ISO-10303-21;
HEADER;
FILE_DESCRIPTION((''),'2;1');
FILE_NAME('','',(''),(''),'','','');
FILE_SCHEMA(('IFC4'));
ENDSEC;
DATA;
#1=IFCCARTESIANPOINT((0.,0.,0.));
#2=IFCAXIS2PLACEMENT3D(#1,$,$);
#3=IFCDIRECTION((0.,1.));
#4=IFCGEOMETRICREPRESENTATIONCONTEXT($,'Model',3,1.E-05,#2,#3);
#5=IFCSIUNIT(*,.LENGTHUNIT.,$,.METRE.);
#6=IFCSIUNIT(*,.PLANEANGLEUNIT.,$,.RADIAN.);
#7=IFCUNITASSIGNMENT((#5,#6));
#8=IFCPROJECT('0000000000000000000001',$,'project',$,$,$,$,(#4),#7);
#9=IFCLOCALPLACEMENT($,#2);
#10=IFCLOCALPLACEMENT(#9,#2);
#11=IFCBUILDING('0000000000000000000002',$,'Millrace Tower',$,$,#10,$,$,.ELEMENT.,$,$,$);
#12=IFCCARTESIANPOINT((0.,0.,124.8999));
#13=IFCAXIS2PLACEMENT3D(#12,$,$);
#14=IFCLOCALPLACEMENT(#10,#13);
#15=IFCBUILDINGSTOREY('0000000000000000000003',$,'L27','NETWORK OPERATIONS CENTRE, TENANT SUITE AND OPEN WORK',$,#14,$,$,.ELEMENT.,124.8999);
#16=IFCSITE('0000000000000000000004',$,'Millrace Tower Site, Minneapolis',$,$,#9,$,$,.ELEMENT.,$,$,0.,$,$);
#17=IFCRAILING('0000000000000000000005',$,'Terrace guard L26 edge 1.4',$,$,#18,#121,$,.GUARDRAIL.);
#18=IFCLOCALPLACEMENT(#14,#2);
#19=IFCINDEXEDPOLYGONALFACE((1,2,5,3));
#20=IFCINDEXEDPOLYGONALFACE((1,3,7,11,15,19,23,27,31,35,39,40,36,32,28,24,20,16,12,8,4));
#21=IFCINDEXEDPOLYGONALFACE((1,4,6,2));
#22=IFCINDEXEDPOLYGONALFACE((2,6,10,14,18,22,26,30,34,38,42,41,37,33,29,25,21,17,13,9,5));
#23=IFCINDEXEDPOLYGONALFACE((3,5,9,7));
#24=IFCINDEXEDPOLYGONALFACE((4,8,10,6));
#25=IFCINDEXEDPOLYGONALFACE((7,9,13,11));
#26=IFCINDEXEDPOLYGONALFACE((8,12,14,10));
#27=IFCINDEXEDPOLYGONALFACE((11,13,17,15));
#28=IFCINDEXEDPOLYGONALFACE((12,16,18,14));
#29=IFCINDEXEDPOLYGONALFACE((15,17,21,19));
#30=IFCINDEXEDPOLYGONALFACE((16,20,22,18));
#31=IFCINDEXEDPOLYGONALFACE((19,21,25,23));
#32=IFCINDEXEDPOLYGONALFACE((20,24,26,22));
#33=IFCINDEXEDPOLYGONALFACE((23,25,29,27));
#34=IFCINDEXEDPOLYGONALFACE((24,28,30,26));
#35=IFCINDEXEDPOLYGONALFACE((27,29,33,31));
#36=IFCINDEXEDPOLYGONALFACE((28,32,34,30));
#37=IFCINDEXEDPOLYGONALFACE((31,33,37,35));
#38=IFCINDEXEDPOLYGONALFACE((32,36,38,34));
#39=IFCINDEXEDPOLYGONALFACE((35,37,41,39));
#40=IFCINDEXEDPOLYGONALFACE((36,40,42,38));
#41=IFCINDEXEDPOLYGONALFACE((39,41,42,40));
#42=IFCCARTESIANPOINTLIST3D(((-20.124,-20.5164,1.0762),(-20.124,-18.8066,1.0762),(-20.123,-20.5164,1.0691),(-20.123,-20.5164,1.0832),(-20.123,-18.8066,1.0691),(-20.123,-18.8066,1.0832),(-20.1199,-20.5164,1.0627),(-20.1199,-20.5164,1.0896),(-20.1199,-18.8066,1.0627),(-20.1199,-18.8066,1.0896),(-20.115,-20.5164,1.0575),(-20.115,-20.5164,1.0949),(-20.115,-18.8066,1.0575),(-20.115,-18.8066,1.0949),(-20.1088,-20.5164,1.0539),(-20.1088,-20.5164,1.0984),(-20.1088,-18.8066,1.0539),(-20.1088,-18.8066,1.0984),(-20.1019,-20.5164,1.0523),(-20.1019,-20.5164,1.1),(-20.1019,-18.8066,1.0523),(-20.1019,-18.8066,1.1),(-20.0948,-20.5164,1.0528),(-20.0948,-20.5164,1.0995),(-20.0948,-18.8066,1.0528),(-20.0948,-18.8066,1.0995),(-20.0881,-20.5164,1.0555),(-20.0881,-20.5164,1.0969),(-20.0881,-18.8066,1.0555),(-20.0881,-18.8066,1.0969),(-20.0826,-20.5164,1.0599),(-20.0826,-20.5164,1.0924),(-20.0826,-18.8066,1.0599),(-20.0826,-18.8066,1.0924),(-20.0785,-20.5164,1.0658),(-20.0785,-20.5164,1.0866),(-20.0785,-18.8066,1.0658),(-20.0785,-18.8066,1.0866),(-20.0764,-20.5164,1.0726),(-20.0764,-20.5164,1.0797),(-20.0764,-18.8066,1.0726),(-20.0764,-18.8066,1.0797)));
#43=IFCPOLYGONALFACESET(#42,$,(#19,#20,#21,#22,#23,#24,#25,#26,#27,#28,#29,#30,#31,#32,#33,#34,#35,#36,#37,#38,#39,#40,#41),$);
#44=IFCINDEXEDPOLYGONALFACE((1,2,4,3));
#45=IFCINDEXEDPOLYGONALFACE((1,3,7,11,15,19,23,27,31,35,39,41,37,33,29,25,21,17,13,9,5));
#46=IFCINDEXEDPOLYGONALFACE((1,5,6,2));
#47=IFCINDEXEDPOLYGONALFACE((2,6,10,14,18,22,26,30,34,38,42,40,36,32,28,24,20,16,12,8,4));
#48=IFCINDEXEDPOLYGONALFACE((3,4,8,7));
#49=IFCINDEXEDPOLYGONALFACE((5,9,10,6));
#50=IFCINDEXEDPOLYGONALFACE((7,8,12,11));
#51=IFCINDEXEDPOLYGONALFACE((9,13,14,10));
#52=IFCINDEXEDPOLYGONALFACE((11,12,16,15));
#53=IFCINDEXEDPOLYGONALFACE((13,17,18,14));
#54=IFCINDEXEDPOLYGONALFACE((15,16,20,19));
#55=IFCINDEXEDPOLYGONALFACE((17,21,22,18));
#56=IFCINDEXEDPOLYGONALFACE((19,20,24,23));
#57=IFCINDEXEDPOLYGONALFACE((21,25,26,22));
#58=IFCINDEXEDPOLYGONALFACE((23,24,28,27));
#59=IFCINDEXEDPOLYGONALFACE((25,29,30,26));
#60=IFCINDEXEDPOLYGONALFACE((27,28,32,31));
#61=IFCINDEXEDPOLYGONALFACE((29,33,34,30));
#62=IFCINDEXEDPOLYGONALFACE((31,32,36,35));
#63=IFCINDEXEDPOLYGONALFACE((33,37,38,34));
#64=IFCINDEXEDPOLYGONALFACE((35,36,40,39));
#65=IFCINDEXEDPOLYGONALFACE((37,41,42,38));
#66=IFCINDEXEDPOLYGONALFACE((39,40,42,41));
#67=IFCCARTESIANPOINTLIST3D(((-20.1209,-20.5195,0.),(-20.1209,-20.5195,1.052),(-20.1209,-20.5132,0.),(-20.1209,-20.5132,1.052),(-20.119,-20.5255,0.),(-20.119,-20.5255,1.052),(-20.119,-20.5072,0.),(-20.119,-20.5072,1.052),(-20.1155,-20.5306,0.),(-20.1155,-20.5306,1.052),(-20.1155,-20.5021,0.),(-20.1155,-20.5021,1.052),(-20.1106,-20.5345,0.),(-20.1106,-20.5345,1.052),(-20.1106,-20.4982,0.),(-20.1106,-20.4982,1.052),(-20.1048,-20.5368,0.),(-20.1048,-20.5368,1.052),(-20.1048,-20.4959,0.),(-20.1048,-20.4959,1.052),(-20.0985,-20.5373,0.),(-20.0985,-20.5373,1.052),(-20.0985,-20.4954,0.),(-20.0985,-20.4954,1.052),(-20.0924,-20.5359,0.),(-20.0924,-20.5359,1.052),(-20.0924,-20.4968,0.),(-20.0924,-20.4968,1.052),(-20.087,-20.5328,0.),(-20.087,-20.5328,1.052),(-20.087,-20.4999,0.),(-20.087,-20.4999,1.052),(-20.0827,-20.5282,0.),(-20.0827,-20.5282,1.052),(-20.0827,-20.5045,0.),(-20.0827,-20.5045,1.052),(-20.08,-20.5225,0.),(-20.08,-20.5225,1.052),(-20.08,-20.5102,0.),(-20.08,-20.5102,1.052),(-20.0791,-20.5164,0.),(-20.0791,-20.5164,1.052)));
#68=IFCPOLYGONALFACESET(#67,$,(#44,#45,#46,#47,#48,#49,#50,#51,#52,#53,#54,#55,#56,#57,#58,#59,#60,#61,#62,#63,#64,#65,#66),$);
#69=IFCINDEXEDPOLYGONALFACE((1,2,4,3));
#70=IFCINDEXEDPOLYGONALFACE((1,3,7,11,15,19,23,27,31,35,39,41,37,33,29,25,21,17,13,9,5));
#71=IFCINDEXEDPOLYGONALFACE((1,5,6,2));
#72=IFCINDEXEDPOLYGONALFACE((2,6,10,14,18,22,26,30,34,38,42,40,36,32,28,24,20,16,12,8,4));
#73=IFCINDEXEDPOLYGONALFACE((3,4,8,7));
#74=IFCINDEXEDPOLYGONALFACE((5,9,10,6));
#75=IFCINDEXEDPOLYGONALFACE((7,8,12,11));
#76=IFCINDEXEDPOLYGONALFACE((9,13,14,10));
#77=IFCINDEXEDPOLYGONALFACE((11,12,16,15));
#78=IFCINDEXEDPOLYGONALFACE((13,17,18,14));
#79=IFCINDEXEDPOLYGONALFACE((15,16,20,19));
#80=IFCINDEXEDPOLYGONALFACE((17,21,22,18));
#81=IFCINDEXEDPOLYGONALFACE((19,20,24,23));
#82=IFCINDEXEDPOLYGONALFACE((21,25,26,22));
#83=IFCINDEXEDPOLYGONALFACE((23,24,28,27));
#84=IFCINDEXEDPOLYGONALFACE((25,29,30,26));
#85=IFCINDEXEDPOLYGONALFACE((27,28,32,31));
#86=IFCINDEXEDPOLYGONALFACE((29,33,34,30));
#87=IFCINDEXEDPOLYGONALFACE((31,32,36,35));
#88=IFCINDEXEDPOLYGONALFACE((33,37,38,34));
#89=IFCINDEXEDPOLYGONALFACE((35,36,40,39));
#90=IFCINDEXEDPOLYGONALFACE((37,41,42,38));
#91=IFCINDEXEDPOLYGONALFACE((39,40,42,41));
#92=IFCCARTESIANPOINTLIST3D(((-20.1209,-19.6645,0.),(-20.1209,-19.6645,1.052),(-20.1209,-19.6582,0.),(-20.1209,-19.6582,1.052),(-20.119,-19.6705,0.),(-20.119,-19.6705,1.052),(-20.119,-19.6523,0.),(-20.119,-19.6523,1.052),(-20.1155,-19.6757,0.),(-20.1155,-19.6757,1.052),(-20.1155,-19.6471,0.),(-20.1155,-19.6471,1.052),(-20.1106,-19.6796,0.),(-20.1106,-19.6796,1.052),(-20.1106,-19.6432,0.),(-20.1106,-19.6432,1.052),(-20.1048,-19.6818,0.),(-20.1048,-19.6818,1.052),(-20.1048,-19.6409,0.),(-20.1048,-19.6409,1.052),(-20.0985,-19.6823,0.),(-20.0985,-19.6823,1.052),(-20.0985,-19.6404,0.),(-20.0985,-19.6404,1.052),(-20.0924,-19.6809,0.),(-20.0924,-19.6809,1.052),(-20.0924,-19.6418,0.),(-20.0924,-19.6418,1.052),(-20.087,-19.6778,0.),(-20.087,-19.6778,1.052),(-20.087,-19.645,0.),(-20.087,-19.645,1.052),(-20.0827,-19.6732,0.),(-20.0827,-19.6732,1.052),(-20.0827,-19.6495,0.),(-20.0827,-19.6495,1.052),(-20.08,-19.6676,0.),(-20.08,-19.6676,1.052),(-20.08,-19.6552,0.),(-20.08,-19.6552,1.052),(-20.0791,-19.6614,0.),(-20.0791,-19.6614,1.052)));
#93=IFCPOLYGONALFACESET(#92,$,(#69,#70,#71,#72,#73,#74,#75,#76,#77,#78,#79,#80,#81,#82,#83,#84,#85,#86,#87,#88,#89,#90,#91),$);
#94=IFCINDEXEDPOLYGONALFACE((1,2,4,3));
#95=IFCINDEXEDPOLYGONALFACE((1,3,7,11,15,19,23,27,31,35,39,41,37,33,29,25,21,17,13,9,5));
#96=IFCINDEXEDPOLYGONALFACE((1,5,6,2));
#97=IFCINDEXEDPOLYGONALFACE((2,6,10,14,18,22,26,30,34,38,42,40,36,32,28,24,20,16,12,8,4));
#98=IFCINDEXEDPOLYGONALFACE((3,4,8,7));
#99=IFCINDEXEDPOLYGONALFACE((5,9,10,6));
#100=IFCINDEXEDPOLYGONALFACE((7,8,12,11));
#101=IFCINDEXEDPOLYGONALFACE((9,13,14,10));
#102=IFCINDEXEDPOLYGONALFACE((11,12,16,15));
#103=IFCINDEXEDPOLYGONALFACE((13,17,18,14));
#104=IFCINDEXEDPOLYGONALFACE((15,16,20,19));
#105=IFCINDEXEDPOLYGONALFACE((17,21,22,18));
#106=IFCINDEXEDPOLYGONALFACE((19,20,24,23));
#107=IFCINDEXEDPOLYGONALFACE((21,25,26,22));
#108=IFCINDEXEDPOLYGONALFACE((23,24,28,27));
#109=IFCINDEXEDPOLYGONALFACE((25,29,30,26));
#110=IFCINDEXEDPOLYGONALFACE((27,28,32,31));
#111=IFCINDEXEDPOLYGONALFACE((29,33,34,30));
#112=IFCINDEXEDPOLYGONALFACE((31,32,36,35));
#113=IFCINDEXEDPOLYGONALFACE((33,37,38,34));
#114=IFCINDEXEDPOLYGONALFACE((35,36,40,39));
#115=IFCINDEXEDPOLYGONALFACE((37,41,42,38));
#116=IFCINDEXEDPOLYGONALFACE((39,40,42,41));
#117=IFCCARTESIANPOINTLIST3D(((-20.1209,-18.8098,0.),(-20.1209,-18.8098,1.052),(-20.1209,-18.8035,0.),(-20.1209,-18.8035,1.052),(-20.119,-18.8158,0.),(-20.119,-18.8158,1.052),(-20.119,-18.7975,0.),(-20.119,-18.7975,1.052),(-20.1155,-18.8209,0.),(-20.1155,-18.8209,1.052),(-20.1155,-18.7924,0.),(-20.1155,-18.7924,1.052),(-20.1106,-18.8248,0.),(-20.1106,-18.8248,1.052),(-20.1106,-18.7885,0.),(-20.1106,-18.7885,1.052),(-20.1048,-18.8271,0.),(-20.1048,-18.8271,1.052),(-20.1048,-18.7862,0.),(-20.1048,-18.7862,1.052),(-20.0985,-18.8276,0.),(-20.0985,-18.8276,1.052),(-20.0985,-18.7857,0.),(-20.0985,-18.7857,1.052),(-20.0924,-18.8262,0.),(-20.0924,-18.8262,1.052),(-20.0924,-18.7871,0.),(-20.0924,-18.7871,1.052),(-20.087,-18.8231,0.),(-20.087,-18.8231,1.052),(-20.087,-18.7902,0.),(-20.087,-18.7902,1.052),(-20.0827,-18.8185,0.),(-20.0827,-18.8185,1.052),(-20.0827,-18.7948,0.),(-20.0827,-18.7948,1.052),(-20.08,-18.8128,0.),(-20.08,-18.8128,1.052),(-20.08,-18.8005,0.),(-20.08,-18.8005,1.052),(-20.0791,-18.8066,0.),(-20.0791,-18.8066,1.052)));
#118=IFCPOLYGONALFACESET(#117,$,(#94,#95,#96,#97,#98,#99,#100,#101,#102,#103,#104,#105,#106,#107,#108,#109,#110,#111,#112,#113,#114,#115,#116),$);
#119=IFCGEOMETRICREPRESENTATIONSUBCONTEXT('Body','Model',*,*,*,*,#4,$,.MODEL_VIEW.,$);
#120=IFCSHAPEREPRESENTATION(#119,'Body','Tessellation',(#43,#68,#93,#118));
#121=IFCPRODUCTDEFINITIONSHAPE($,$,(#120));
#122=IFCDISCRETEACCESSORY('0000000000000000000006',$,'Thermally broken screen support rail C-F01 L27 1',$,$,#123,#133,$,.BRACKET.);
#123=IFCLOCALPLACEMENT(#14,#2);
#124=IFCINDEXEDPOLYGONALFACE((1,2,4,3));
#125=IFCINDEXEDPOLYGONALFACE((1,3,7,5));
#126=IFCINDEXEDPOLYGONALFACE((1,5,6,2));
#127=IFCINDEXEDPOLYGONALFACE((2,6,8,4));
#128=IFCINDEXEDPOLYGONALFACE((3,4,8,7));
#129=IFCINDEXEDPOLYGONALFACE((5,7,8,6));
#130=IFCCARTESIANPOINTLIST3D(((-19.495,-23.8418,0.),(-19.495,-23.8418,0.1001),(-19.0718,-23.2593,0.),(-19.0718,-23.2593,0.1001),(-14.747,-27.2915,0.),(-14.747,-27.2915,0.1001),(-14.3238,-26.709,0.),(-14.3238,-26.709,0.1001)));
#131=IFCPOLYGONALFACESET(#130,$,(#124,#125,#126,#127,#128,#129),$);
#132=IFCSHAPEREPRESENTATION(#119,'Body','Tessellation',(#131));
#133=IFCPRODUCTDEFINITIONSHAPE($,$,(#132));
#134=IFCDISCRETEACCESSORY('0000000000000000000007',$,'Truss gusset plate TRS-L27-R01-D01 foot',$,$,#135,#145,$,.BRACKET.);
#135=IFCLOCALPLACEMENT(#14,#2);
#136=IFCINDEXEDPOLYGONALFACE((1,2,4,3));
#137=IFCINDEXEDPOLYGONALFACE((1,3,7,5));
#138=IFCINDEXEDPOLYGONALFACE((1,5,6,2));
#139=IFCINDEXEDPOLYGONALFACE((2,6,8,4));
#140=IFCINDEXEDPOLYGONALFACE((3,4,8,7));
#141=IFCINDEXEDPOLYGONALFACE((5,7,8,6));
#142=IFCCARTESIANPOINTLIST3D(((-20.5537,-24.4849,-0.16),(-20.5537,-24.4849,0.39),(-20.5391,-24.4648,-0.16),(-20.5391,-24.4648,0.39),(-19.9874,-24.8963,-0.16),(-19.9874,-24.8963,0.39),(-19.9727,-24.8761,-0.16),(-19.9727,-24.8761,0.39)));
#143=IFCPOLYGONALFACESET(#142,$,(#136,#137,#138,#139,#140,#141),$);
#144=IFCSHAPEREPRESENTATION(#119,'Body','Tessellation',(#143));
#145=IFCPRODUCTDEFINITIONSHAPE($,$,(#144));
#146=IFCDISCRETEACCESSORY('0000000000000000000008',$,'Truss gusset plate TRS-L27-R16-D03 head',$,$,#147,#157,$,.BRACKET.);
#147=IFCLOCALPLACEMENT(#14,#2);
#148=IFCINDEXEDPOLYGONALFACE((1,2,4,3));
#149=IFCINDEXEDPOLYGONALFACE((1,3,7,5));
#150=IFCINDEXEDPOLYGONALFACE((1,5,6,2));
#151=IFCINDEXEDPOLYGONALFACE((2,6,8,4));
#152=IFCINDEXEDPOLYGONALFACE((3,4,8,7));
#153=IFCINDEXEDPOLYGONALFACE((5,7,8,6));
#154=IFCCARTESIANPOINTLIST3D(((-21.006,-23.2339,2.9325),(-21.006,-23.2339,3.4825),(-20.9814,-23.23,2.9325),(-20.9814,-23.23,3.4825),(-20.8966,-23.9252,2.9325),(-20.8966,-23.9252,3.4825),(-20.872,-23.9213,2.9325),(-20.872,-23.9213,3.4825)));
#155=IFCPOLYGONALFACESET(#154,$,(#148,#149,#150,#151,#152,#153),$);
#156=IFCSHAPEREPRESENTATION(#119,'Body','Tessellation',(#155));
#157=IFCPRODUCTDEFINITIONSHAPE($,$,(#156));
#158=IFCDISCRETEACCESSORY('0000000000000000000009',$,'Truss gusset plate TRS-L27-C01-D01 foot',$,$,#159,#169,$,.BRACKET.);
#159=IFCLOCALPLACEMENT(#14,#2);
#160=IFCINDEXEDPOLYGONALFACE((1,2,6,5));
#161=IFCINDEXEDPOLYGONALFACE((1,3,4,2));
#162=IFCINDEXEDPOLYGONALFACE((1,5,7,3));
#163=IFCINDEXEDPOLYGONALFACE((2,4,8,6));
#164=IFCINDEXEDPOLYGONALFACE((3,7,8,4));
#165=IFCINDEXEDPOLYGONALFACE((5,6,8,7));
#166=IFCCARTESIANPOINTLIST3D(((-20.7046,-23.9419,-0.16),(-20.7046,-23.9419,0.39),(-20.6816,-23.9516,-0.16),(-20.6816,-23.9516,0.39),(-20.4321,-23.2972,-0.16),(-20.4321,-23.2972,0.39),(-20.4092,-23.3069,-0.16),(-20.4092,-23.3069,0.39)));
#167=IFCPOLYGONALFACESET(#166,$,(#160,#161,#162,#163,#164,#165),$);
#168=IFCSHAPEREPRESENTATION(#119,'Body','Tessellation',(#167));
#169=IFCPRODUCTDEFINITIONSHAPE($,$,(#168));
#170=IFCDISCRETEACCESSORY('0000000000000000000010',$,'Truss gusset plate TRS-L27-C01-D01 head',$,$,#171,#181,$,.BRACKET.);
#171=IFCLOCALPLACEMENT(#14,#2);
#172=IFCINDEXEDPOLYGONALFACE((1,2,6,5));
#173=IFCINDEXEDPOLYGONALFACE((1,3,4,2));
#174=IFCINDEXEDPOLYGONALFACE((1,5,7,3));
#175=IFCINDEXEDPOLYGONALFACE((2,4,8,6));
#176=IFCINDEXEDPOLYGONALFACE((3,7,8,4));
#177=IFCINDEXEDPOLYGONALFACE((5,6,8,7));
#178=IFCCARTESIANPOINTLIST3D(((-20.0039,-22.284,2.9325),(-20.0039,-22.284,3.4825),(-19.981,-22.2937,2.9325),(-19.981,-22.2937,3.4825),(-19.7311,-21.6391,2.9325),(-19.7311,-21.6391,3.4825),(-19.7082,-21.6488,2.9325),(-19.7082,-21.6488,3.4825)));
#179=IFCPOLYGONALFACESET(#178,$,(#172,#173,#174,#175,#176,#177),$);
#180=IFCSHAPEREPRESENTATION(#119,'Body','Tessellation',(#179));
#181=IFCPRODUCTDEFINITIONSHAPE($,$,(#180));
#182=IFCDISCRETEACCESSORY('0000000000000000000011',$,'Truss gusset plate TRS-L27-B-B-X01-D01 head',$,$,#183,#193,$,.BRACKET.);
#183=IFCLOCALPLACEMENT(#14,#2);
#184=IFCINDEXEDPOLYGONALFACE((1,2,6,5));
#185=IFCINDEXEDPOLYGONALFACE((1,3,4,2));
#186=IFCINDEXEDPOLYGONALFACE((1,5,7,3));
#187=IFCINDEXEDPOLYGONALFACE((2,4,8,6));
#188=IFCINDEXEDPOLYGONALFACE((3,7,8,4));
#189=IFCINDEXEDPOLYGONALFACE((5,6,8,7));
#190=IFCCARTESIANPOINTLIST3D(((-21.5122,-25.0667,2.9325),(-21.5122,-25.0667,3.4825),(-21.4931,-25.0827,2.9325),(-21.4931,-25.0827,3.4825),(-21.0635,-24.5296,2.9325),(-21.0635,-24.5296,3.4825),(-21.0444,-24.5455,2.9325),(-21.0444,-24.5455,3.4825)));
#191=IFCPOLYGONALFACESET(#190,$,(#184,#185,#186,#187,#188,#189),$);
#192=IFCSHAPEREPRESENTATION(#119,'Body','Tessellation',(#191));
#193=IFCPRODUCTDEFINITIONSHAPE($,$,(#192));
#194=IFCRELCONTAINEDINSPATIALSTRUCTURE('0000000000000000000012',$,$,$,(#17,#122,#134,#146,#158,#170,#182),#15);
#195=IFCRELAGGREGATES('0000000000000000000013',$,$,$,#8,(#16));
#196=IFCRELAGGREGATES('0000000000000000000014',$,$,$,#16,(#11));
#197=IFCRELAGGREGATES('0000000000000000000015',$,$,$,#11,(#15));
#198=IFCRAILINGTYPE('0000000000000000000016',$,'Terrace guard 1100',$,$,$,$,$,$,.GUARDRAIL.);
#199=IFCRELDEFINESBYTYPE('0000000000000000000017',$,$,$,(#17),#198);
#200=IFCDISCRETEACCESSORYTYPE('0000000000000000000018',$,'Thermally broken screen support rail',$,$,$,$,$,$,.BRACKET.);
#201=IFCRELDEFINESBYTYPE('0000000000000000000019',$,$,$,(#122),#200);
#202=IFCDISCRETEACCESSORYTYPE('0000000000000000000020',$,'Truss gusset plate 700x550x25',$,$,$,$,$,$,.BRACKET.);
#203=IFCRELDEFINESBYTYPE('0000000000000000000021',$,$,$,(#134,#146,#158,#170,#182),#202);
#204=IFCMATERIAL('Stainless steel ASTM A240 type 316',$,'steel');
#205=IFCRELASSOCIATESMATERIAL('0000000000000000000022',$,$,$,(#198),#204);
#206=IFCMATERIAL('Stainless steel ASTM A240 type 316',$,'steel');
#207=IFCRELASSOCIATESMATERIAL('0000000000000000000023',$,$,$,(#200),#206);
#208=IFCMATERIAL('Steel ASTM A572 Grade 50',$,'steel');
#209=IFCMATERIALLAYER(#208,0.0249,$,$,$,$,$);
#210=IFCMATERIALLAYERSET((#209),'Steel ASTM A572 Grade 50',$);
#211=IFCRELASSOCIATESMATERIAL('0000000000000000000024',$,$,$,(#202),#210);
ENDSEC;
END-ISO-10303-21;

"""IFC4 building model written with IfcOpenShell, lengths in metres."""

from ifc_helpers import new_model, si_unit, direction, frame, origin, origin_2d, place, context, subcontext, project, spatial, rectangle, circle, extrude, material, layer, layer_set, type_object, element, save


model = new_model("IFC4")

# Units and contexts
model_context = context("Model", 3, precision=1e-05, world=origin(), true_north=direction((0.0, 1.0)))
body_context = subcontext(model_context, "Body", "Model", "MODEL_VIEW")
ifc_project = project(units=[si_unit("LENGTHUNIT", "METRE"), si_unit("PLANEANGLEUNIT", "RADIAN")], contexts=[model_context])

# Site, building, storey
site_placement = place(None, origin())
site = spatial("IfcSite", under=ifc_project, at=site_placement, Name="Millrace Tower Site, Minneapolis", CompositionType="ELEMENT", RefElevation=0.0)
building_placement = place(site_placement, origin())
building = spatial("IfcBuilding", under=site, at=building_placement, Name="Millrace Tower", CompositionType="ELEMENT")
storey_placement = place(building_placement, frame((0.0, 0.0, 124.8999)))
storey = spatial("IfcBuildingStorey", under=building, at=storey_placement, Name="L27", Description="NETWORK OPERATIONS CENTRE, TENANT SUITE AND OPEN WORK", CompositionType="ELEMENT", Elevation=124.8999)

# Railing
ifc_material_1 = material(Name="Stainless steel ASTM A240 type 316", Category="steel")
railing_type = type_object("IfcRailingType", Name="Terrace guard 1100", PredefinedType="GUARDRAIL", material=ifc_material_1)
railing_1_placement = place(storey_placement, frame((-20.1001, -20.5164, 0.0)))
element("IfcRailing", 1, at=railing_1_placement, inside=storey, type_object=railing_type, Name="Terrace guard L26 edge 1.4", PredefinedType="GUARDRAIL", context=body_context, shape_type="SweptSolid", body=[
    extrude(circle(Radius=0.0239, at=origin_2d()), frame((0.0, 0.0, 1.0762), z_axis=(0.0, 1.0, 0.0), x_axis=(-1.0, 0.0, 0.0)), (0.0, 0.0, 1.0), 1.7097),
    extrude(circle(Radius=0.021, at=origin_2d()), origin(), (0.0, 0.0, 1.0), 1.052),
    extrude(circle(Radius=0.021, at=origin_2d()), frame((0.0, 0.855, 0.0)), (0.0, 0.0, 1.0), 1.052),
    extrude(circle(Radius=0.021, at=origin_2d()), frame((0.0, 1.7097, 0.0)), (0.0, 0.0, 1.0), 1.052),
])

# Discrete accessories
ifc_material_2 = material(Name="Stainless steel ASTM A240 type 316", Category="steel")
discrete_accessory_type_1 = type_object("IfcDiscreteAccessoryType", Name="Thermally broken screen support rail", PredefinedType="BRACKET", material=ifc_material_2)
discrete_accessory_1_placement = place(storey_placement, frame((-16.9094, -25.2754, 0.0), z_axis=(0.0, 0.0, 1.0), x_axis=(0.809017, -0.587785, 0.0)))
element("IfcDiscreteAccessory", 2, at=discrete_accessory_1_placement, inside=storey, type_object=discrete_accessory_type_1, Name="Thermally broken screen support rail C-F01 L27 1", PredefinedType="BRACKET", context=body_context, shape_type="SweptSolid", body=[
    extrude(rectangle(XDim=5.8689, YDim=0.72, at=origin_2d()), origin(), (0.0, 0.0, 1.0), 0.1001),
])
ifc_material_3 = material(Name="Steel ASTM A572 Grade 50", Category="steel")
ifc_layer_1 = layer(ifc_material_3, 0.0249)
ifc_layer_set_1 = layer_set([ifc_layer_1], Name="Steel ASTM A572 Grade 50")
discrete_accessory_type_2 = type_object("IfcDiscreteAccessoryType", Name="Truss gusset plate 700x550x25", PredefinedType="BRACKET", material=ifc_layer_set_1)
for number, where, z_axis, x_axis, name in (
    (3, (-20.5464, -24.4749, 0.115), (0.809113, -0.587653, 0.0), (0.587653, 0.809113, 0.0), "Truss gusset plate TRS-L27-R01-D01 foot"),
    (4, (-20.9937, -23.2319, 3.2075), (0.156249, -0.987718, 0.0), (0.987718, 0.156249, 0.0), "Truss gusset plate TRS-L27-R16-D03 head"),
    (5, (-20.6931, -23.9468, 0.115), (0.389242, 0.921136, 0.0), (-0.921136, 0.389242, 0.0), "Truss gusset plate TRS-L27-C01-D01 foot"),
):
    element("IfcDiscreteAccessory", number, at=place(storey_placement, frame(where, z_axis=z_axis, x_axis=x_axis)), inside=storey, type_object=discrete_accessory_type_2, Name=name, PredefinedType="BRACKET", context=body_context, shape_type="SweptSolid", body=[
        extrude(rectangle(XDim=0.0249, YDim=0.55, at=origin_2d()), origin(), (0.0, 0.0, 1.0), 0.7),
    ])
discrete_accessory_2_placement = place(storey_placement, frame((-19.9924, -22.2888, 3.2075), z_axis=(0.389538, 0.921011, 0.0), x_axis=(-0.921011, 0.389538, 0.0)))
element("IfcDiscreteAccessory", 6, at=discrete_accessory_2_placement, inside=storey, type_object=discrete_accessory_type_2, Name="Truss gusset plate TRS-L27-C01-D01 head", PredefinedType="BRACKET", context=body_context, shape_type="SweptSolid", body=[
    extrude(rectangle(XDim=0.0249, YDim=0.55, at=origin_2d()), origin(), (0.0, 0.0, 1.0), 0.7002),
])
discrete_accessory_3_placement = place(storey_placement, frame((-21.5027, -25.0747, 3.2075), z_axis=(0.641145, 0.76742, 0.0), x_axis=(-0.76742, 0.641145, 0.0)))
element("IfcDiscreteAccessory", 7, at=discrete_accessory_3_placement, inside=storey, type_object=discrete_accessory_type_2, Name="Truss gusset plate TRS-L27-B-B-X01-D01 head", PredefinedType="BRACKET", context=body_context, shape_type="SweptSolid", body=[
    extrude(rectangle(XDim=0.0249, YDim=0.55, at=origin_2d()), origin(), (0.0, 0.0, 1.0), 0.7),
])

save(model, "model.ifc")
